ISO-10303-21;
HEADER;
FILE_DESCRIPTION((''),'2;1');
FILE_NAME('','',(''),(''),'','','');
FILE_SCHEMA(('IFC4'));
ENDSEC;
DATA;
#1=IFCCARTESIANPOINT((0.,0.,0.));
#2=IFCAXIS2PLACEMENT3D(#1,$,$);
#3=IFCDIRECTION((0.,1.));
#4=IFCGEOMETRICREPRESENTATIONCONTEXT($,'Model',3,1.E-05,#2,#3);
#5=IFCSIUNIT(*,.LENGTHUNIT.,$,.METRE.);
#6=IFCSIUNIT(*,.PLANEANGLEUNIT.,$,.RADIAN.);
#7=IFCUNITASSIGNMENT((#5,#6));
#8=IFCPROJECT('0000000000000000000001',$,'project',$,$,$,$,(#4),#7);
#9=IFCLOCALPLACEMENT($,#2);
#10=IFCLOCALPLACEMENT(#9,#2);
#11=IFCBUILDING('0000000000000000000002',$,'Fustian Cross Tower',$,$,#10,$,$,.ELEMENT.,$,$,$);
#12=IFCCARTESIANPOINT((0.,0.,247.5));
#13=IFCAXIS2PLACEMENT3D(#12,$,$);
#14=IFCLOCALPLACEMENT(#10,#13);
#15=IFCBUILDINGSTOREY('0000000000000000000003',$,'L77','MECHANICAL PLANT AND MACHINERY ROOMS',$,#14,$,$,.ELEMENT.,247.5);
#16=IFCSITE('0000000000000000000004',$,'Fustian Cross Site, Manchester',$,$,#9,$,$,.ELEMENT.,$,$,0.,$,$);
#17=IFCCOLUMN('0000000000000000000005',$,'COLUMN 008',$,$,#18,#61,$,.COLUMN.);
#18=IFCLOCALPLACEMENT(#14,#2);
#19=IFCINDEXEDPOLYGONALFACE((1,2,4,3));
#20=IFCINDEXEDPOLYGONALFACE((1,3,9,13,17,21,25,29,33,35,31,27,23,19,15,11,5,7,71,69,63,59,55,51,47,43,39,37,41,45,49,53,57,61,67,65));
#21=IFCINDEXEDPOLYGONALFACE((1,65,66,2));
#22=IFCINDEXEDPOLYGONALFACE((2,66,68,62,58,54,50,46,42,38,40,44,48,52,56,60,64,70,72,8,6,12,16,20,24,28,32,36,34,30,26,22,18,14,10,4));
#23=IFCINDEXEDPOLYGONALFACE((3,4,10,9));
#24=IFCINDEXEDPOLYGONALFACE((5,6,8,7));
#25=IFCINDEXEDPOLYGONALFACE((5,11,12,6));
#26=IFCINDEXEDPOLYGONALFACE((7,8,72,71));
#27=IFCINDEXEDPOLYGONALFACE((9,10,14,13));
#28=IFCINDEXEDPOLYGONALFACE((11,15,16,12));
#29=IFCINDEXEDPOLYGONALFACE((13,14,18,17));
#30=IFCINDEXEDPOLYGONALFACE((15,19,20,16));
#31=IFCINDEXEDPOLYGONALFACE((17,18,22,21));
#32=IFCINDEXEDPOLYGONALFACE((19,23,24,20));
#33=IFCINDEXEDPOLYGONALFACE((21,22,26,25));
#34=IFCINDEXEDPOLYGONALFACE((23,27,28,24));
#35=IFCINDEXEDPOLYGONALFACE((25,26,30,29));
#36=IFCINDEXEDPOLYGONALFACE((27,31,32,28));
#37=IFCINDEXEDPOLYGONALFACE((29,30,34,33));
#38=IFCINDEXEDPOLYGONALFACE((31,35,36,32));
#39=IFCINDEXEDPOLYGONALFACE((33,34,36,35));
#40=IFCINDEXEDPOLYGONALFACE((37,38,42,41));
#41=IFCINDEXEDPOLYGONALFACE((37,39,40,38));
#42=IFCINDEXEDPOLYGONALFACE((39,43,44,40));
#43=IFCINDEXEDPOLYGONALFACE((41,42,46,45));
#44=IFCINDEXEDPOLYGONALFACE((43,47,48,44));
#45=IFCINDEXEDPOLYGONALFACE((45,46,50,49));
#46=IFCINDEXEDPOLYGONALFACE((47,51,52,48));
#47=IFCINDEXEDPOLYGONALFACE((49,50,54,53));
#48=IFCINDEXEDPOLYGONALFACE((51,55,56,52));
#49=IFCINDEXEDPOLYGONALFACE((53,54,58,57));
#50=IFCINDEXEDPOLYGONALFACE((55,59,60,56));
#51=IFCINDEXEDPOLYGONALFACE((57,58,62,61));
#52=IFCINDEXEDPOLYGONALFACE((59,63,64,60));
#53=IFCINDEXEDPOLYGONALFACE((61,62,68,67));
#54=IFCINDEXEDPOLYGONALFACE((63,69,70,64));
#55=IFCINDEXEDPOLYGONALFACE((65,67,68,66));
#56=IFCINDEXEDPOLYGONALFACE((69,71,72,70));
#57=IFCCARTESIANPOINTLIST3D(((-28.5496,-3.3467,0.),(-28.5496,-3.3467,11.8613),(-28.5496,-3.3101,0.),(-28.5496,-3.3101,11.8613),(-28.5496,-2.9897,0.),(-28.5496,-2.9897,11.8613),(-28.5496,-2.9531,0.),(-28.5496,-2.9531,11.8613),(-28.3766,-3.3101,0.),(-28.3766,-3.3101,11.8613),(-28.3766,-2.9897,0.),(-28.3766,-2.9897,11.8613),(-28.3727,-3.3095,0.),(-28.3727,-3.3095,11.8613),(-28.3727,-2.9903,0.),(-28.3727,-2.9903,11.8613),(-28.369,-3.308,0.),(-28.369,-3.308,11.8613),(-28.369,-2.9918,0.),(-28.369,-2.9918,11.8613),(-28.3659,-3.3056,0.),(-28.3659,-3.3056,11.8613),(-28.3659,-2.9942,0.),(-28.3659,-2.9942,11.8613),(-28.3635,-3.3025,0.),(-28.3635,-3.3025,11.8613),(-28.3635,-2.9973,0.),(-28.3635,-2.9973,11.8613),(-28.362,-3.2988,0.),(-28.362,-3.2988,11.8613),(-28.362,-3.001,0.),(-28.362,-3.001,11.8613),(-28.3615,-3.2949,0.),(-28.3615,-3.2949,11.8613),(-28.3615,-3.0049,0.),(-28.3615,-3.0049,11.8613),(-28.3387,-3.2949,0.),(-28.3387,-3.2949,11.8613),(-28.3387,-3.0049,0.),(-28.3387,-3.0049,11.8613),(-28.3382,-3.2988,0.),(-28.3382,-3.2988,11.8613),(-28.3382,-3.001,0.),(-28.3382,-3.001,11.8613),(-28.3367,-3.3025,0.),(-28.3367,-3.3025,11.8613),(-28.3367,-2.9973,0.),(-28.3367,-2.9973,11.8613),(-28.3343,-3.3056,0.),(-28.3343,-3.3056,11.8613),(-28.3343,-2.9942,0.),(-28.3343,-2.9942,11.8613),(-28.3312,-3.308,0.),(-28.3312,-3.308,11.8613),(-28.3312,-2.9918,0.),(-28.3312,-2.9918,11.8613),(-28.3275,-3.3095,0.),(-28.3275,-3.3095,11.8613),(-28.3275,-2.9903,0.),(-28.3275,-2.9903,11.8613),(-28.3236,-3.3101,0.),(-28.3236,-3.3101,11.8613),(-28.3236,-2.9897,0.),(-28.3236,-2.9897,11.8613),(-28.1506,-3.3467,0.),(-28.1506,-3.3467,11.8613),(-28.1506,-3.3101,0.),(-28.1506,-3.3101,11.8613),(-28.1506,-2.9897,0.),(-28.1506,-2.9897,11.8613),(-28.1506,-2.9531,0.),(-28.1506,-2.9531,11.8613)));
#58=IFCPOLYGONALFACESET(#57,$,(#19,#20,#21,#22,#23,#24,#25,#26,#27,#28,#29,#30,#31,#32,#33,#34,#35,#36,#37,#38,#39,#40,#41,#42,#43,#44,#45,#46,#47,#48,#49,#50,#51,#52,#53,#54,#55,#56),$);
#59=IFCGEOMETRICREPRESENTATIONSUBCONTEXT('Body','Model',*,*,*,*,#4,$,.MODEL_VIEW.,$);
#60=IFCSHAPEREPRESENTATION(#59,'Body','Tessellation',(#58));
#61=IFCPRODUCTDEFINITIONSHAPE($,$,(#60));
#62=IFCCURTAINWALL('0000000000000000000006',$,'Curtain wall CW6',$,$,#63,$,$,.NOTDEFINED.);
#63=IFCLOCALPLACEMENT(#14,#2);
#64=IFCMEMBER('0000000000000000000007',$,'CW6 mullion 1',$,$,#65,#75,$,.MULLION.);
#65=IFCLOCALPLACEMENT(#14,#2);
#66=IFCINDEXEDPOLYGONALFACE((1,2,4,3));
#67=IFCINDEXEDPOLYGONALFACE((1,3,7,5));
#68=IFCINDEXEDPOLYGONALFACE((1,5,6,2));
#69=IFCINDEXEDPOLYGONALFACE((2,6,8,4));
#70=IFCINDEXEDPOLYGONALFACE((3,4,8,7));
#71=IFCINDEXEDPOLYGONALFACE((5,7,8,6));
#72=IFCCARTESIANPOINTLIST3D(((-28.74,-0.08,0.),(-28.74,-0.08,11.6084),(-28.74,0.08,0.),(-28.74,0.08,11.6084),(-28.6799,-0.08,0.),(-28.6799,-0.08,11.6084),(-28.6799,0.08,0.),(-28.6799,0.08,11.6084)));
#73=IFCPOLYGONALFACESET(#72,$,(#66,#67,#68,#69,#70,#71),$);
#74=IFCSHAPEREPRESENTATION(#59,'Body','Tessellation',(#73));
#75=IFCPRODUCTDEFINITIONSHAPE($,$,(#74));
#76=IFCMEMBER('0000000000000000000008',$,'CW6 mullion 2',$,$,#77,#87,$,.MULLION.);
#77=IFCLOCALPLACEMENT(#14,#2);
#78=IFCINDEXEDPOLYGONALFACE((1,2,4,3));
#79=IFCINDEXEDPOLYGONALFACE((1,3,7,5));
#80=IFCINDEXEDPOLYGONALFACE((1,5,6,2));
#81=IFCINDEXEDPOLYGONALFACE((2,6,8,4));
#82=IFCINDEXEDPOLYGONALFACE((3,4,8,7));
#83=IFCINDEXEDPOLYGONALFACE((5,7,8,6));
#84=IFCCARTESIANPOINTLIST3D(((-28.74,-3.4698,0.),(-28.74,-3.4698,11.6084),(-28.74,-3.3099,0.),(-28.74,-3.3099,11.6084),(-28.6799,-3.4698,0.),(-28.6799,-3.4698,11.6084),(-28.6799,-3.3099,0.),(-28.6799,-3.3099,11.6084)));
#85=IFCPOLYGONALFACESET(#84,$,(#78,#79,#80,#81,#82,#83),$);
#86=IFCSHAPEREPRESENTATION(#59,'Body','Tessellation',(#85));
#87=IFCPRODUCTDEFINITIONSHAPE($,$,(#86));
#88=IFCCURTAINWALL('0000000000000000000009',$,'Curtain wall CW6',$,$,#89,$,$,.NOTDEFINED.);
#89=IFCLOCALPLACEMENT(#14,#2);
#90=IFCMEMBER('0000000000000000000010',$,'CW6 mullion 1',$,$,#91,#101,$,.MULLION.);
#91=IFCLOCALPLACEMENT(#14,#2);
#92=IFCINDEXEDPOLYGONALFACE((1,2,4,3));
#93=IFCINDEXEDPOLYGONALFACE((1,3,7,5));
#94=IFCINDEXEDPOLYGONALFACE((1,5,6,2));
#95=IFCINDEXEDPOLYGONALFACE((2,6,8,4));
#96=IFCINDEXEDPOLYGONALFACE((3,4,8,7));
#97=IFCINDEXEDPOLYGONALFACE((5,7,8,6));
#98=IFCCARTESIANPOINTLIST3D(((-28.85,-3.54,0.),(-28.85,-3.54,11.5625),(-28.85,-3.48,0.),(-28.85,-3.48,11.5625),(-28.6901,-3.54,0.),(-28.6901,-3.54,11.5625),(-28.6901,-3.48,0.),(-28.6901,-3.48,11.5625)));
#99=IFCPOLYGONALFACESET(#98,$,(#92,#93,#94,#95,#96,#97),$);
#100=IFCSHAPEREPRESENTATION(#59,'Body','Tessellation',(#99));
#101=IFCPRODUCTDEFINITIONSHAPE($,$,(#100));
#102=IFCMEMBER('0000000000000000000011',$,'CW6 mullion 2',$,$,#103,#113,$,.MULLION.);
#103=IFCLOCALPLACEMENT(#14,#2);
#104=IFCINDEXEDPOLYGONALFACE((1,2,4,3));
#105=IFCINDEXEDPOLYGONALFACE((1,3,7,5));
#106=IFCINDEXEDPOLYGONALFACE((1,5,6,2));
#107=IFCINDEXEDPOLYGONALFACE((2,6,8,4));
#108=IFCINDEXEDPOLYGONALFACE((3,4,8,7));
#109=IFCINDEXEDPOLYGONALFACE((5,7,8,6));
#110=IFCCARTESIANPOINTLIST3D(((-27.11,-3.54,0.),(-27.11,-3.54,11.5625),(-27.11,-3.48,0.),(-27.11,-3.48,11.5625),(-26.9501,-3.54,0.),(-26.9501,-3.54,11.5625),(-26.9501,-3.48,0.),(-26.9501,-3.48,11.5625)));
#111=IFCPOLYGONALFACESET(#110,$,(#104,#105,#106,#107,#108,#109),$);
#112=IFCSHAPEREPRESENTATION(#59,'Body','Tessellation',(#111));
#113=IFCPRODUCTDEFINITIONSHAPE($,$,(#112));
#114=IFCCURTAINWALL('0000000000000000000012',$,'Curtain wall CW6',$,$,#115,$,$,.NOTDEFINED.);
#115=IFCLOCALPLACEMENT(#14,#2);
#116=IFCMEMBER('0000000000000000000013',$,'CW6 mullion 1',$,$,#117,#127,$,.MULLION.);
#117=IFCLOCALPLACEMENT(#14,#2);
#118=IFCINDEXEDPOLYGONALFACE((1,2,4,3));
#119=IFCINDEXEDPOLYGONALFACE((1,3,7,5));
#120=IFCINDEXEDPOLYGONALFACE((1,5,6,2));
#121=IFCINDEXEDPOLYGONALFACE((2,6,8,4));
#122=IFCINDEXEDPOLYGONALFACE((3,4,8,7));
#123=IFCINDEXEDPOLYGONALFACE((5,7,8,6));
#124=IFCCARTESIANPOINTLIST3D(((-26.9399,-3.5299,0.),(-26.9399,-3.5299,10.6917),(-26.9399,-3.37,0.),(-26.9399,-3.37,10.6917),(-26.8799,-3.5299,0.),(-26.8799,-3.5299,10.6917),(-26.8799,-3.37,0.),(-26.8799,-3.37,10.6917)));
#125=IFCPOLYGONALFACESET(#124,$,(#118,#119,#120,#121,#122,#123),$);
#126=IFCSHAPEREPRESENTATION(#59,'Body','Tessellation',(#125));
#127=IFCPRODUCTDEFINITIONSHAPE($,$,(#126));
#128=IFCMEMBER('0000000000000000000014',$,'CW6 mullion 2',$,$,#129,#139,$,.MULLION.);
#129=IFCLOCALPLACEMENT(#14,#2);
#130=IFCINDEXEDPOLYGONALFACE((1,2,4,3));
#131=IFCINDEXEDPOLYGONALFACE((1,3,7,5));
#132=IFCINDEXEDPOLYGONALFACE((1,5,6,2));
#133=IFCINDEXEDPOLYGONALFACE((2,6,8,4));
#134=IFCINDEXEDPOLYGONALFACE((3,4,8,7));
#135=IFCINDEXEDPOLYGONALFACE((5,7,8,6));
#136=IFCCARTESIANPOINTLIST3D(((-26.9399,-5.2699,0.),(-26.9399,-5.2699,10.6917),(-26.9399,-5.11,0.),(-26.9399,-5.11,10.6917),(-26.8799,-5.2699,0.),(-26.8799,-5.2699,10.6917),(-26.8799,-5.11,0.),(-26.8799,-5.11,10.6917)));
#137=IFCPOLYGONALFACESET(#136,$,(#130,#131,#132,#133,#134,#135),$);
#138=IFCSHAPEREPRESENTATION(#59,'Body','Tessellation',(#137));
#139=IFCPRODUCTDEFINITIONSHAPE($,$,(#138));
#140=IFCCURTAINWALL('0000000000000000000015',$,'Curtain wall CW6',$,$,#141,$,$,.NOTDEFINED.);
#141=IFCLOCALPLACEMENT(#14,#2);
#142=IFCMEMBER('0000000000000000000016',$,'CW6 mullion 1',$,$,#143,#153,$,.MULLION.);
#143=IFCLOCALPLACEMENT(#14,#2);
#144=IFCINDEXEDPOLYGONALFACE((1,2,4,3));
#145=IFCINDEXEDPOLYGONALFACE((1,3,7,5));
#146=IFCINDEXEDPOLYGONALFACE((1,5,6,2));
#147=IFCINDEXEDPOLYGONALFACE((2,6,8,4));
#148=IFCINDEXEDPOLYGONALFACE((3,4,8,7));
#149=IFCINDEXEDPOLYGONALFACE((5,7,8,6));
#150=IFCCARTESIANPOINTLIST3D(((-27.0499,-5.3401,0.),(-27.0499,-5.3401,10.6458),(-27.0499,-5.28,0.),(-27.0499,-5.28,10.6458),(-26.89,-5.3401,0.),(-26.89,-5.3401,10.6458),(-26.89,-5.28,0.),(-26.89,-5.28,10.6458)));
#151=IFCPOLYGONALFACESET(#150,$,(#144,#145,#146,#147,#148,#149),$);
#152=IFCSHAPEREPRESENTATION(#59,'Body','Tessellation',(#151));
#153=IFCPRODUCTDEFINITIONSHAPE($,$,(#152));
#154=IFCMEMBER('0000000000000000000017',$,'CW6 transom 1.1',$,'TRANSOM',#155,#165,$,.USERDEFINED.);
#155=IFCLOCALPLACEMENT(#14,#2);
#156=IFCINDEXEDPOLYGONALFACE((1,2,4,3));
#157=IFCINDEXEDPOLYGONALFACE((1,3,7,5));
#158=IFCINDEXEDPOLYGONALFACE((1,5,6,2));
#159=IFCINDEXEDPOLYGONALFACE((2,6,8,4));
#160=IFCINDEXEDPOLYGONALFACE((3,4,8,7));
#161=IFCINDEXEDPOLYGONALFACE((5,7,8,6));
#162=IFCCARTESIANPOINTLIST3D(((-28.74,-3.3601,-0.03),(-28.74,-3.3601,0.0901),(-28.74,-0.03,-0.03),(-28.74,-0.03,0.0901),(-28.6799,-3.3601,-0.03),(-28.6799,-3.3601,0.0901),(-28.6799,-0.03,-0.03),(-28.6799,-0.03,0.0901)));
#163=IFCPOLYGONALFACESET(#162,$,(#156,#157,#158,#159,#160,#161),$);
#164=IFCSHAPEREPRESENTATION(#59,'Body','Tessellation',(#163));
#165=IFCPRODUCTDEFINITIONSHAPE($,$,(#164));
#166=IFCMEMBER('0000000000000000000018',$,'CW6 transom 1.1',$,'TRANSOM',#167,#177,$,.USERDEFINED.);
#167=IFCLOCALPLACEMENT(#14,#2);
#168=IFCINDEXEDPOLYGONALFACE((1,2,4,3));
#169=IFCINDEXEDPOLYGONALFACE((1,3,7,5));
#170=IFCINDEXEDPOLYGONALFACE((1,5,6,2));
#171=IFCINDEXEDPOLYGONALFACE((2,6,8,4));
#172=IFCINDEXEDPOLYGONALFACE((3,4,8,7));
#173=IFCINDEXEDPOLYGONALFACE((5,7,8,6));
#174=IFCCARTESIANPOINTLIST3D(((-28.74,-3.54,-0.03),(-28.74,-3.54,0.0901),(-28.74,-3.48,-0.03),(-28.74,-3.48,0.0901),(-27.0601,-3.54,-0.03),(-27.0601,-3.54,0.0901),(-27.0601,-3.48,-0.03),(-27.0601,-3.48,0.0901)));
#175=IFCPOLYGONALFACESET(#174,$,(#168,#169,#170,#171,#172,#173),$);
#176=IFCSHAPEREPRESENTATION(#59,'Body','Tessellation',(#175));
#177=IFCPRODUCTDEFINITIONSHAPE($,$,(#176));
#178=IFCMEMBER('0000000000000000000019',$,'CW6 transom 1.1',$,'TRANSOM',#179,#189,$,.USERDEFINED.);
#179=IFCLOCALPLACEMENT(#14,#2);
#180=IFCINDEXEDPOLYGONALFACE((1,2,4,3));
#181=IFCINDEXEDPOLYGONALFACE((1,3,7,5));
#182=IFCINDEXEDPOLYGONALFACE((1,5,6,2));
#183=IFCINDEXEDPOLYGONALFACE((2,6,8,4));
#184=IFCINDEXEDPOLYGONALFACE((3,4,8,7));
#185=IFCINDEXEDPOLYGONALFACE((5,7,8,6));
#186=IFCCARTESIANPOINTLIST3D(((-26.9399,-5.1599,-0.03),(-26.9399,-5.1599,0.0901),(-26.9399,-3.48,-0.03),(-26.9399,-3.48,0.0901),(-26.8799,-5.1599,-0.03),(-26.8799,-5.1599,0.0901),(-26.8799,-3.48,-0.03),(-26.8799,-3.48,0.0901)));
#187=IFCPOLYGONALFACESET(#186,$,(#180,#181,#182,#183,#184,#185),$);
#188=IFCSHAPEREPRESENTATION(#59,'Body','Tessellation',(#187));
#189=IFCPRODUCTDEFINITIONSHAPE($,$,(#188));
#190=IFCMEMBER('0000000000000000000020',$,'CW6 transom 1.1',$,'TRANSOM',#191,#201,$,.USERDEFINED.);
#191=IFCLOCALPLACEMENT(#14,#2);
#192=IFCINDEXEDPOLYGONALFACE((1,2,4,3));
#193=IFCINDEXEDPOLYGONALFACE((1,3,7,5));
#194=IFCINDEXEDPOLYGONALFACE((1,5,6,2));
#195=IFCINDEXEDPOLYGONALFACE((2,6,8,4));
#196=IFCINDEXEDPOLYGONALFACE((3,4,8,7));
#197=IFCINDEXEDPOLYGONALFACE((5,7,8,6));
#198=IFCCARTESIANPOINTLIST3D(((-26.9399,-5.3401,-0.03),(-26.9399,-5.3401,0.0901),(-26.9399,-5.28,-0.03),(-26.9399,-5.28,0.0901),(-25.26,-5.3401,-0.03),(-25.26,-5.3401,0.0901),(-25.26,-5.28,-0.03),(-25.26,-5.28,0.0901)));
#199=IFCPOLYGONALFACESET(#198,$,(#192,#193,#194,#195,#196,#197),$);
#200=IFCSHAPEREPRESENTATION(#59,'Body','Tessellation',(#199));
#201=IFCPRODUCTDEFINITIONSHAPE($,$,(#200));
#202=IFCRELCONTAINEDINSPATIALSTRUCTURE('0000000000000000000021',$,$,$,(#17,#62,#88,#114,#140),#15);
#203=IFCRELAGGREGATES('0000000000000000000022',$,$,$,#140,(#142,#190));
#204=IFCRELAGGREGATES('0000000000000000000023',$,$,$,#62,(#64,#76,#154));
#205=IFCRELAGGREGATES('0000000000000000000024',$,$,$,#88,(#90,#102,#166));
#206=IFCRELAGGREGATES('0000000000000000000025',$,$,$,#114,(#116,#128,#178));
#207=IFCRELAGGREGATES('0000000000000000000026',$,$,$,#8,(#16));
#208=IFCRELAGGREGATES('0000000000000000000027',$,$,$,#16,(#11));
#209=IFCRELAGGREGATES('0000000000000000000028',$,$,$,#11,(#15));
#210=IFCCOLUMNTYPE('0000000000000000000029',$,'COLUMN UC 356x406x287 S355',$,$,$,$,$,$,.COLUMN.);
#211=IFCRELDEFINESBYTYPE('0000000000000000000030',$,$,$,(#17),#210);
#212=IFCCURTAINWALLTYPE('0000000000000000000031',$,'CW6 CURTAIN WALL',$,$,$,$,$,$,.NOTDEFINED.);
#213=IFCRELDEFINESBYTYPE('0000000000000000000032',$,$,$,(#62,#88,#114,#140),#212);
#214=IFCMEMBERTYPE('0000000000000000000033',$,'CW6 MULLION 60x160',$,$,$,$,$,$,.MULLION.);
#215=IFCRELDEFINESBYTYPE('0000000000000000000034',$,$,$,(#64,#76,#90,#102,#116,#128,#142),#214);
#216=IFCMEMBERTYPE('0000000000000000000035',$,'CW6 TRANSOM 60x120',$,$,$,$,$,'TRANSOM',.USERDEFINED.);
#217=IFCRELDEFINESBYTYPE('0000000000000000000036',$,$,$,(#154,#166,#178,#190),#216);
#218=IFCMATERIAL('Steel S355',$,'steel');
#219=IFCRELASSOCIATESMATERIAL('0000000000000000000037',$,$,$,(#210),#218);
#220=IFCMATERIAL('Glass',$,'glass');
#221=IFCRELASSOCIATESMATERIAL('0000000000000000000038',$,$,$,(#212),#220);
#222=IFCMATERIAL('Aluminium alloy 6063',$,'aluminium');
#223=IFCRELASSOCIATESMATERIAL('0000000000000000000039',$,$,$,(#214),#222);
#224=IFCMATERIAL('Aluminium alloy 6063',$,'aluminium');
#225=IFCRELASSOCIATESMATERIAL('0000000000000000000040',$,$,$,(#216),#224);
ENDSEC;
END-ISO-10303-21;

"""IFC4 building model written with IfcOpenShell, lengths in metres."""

from ifc_helpers import new_model, si_unit, direction, frame, origin, origin_2d, place, context, subcontext, project, spatial, rectangle, i_section, extrude, material, material_profile, profile_set, type_object, element, aggregate, save


model = new_model("IFC4")

# Units and contexts
model_context = context("Model", 3, precision=1e-05, world=origin(), true_north=direction((0.0, 1.0)))
body_context = subcontext(model_context, "Body", "Model", "MODEL_VIEW")
ifc_project = project(units=[si_unit("LENGTHUNIT", "METRE"), si_unit("PLANEANGLEUNIT", "RADIAN")], contexts=[model_context])

# Site, building, storey
site_placement = place(None, origin())
site = spatial("IfcSite", under=ifc_project, at=site_placement, Name="Fustian Cross Site, Manchester", CompositionType="ELEMENT", RefElevation=0.0)
building_placement = place(site_placement, origin())
building = spatial("IfcBuilding", under=site, at=building_placement, Name="Fustian Cross Tower", CompositionType="ELEMENT")
storey_placement = place(building_placement, frame((0.0, 0.0, 247.5)))
storey = spatial("IfcBuildingStorey", under=building, at=storey_placement, Name="L77", Description="MECHANICAL PLANT AND MACHINERY ROOMS", CompositionType="ELEMENT", Elevation=247.5)

# Column
ifc_material_1 = material(Name="Steel S355", Category="steel")
ifc_material_profile_1 = material_profile(ifc_material_1, i_section(OverallWidth=0.3989, OverallDepth=0.3936, WebThickness=0.0227, FlangeThickness=0.0366, FilletRadius=0.0151, at=origin_2d()), Name="UC 356x406x287")
ifc_profile_set_1 = profile_set([ifc_material_profile_1], Name="Steel S355")
column_type = type_object("IfcColumnType", Name="COLUMN UC 356x406x287 S355", PredefinedType="COLUMN", material=ifc_profile_set_1)
column_placement = place(storey_placement, frame((-28.3501, -3.1499, 0.0), z_axis=(0.0, 0.0, 1.0), x_axis=(1.0, 0.0, 0.0)))
element("IfcColumn", 1, at=column_placement, inside=storey, type_object=column_type, Name="COLUMN 008", PredefinedType="COLUMN", context=body_context, shape_type="SweptSolid", body=[
    extrude(i_section(OverallWidth=0.3989, OverallDepth=0.3936, WebThickness=0.0227, FlangeThickness=0.0366, FilletRadius=0.0151, at=origin_2d()), origin(), (0.0, 0.0, 1.0), 11.8613),
])

# Curtain walls, members
ifc_material_2 = material(Name="Glass", Category="glass")
curtain_wall_type = type_object("IfcCurtainWallType", Name="CW6 CURTAIN WALL", PredefinedType="NOTDEFINED", material=ifc_material_2)
curtain_wall_1_placement = place(storey_placement, origin())
curtain_wall_1 = element("IfcCurtainWall", 2, at=curtain_wall_1_placement, inside=storey, type_object=curtain_wall_type, Name="Curtain wall CW6", PredefinedType="NOTDEFINED")
ifc_material_3 = material(Name="Aluminium alloy 6063", Category="aluminium")
ifc_material_profile_2 = material_profile(ifc_material_3, rectangle(XDim=0.0601, YDim=0.1599, at=origin_2d()), Name="CW6 MULLION 60x160")
ifc_profile_set_2 = profile_set([ifc_material_profile_2], Name="Aluminium alloy 6063")
member_type_1 = type_object("IfcMemberType", Name="CW6 MULLION 60x160", PredefinedType="MULLION", material=ifc_profile_set_2)
member_1_placement = place(storey_placement, frame((-28.71, 0.0, 0.0), z_axis=(0.0, 0.0, 1.0), x_axis=(1.0, 0.0, 0.0)))
member_1 = element("IfcMember", 3, at=member_1_placement, type_object=member_type_1, Name="CW6 mullion 1", PredefinedType="MULLION", context=body_context, shape_type="SweptSolid", body=[
    extrude(rectangle(XDim=0.0601, YDim=0.1599, at=origin_2d()), origin(), (0.0, 0.0, 1.0), 11.6084),
])
member_2_placement = place(storey_placement, frame((-28.71, -3.3899, 0.0), z_axis=(0.0, 0.0, 1.0), x_axis=(1.0, 0.0, 0.0)))
member_2 = element("IfcMember", 4, at=member_2_placement, type_object=member_type_1, Name="CW6 mullion 2", PredefinedType="MULLION", context=body_context, shape_type="SweptSolid", body=[
    extrude(rectangle(XDim=0.0601, YDim=0.1599, at=origin_2d()), origin(), (0.0, 0.0, 1.0), 11.6084),
])
curtain_wall_2_placement = place(storey_placement, origin())
curtain_wall_2 = element("IfcCurtainWall", 5, at=curtain_wall_2_placement, inside=storey, type_object=curtain_wall_type, Name="Curtain wall CW6", PredefinedType="NOTDEFINED")
member_3_placement = place(storey_placement, frame((-28.77, -3.51, 0.0), z_axis=(0.0, 0.0, 1.0), x_axis=(0.0, 1.0, 0.0)))
member_3 = element("IfcMember", 6, at=member_3_placement, type_object=member_type_1, Name="CW6 mullion 1", PredefinedType="MULLION", context=body_context, shape_type="SweptSolid", body=[
    extrude(rectangle(XDim=0.0601, YDim=0.1599, at=origin_2d()), origin(), (0.0, 0.0, 1.0), 11.5625),
])
member_4_placement = place(storey_placement, frame((-27.03, -3.51, 0.0), z_axis=(0.0, 0.0, 1.0), x_axis=(0.0, 1.0, 0.0)))
member_4 = element("IfcMember", 7, at=member_4_placement, type_object=member_type_1, Name="CW6 mullion 2", PredefinedType="MULLION", context=body_context, shape_type="SweptSolid", body=[
    extrude(rectangle(XDim=0.0601, YDim=0.1599, at=origin_2d()), origin(), (0.0, 0.0, 1.0), 11.5625),
])
curtain_wall_3_placement = place(storey_placement, origin())
curtain_wall_3 = element("IfcCurtainWall", 8, at=curtain_wall_3_placement, inside=storey, type_object=curtain_wall_type, Name="Curtain wall CW6", PredefinedType="NOTDEFINED")
member_5_placement = place(storey_placement, frame((-26.9099, -3.45, 0.0), z_axis=(0.0, 0.0, 1.0), x_axis=(1.0, 0.0, 0.0)))
member_5 = element("IfcMember", 9, at=member_5_placement, type_object=member_type_1, Name="CW6 mullion 1", PredefinedType="MULLION", context=body_context, shape_type="SweptSolid", body=[
    extrude(rectangle(XDim=0.0601, YDim=0.1599, at=origin_2d()), origin(), (0.0, 0.0, 1.0), 10.6917),
])
member_6_placement = place(storey_placement, frame((-26.9099, -5.1899, 0.0), z_axis=(0.0, 0.0, 1.0), x_axis=(1.0, 0.0, 0.0)))
member_6 = element("IfcMember", 10, at=member_6_placement, type_object=member_type_1, Name="CW6 mullion 2", PredefinedType="MULLION", context=body_context, shape_type="SweptSolid", body=[
    extrude(rectangle(XDim=0.0601, YDim=0.1599, at=origin_2d()), origin(), (0.0, 0.0, 1.0), 10.6917),
])

# Curtain wall, member
curtain_wall_4_placement = place(storey_placement, origin())
curtain_wall_4 = element("IfcCurtainWall", 11, at=curtain_wall_4_placement, inside=storey, type_object=curtain_wall_type, Name="Curtain wall CW6", PredefinedType="NOTDEFINED")
member_7_placement = place(storey_placement, frame((-26.97, -5.3101, 0.0), z_axis=(0.0, 0.0, 1.0), x_axis=(0.0, 1.0, 0.0)))
member_7 = element("IfcMember", 12, at=member_7_placement, type_object=member_type_1, Name="CW6 mullion 1", PredefinedType="MULLION", context=body_context, shape_type="SweptSolid", body=[
    extrude(rectangle(XDim=0.0601, YDim=0.1599, at=origin_2d()), origin(), (0.0, 0.0, 1.0), 10.6458),
])

# Members
ifc_material_4 = material(Name="Aluminium alloy 6063", Category="aluminium")
ifc_material_profile_3 = material_profile(ifc_material_4, rectangle(XDim=0.0601, YDim=0.1201, at=origin_2d()), Name="CW6 TRANSOM 60x120")
ifc_profile_set_3 = profile_set([ifc_material_profile_3], Name="Aluminium alloy 6063")
member_type_2 = type_object("IfcMemberType", Name="CW6 TRANSOM 60x120", ElementType="TRANSOM", PredefinedType="USERDEFINED", material=ifc_profile_set_3)
member_8_placement = place(storey_placement, frame((-28.71, -0.03, 0.03), z_axis=(0.0, -1.0, 0.0), x_axis=(1.0, 0.0, 0.0)))
member_8 = element("IfcMember", 13, at=member_8_placement, type_object=member_type_2, Name="CW6 transom 1.1", ObjectType="TRANSOM", PredefinedType="USERDEFINED", context=body_context, shape_type="SweptSolid", body=[
    extrude(rectangle(XDim=0.0601, YDim=0.1201, at=origin_2d()), origin(), (0.0, 0.0, 1.0), 3.3301),
])
member_9_placement = place(storey_placement, frame((-28.74, -3.51, 0.03), z_axis=(1.0, 0.0, 0.0), x_axis=(0.0, 1.0, 0.0)))
member_9 = element("IfcMember", 14, at=member_9_placement, type_object=member_type_2, Name="CW6 transom 1.1", ObjectType="TRANSOM", PredefinedType="USERDEFINED", context=body_context, shape_type="SweptSolid", body=[
    extrude(rectangle(XDim=0.0601, YDim=0.1201, at=origin_2d()), origin(), (0.0, 0.0, 1.0), 1.6799),
])
member_10_placement = place(storey_placement, frame((-26.9099, -3.48, 0.03), z_axis=(0.0, -1.0, 0.0), x_axis=(1.0, 0.0, 0.0)))
member_10 = element("IfcMember", 15, at=member_10_placement, type_object=member_type_2, Name="CW6 transom 1.1", ObjectType="TRANSOM", PredefinedType="USERDEFINED", context=body_context, shape_type="SweptSolid", body=[
    extrude(rectangle(XDim=0.0601, YDim=0.1201, at=origin_2d()), origin(), (0.0, 0.0, 1.0), 1.6799),
])
member_11_placement = place(storey_placement, frame((-26.9399, -5.3101, 0.03), z_axis=(1.0, 0.0, 0.0), x_axis=(0.0, 1.0, 0.0)))
member_11 = element("IfcMember", 16, at=member_11_placement, type_object=member_type_2, Name="CW6 transom 1.1", ObjectType="TRANSOM", PredefinedType="USERDEFINED", context=body_context, shape_type="SweptSolid", body=[
    extrude(rectangle(XDim=0.0601, YDim=0.1201, at=origin_2d()), origin(), (0.0, 0.0, 1.0), 1.6799),
])
aggregate(curtain_wall_4, [member_7, member_11])

aggregate(curtain_wall_1, [member_1, member_2, member_8])
aggregate(curtain_wall_2, [member_3, member_4, member_9])
aggregate(curtain_wall_3, [member_5, member_6, member_10])

save(model, "model.ifc")
